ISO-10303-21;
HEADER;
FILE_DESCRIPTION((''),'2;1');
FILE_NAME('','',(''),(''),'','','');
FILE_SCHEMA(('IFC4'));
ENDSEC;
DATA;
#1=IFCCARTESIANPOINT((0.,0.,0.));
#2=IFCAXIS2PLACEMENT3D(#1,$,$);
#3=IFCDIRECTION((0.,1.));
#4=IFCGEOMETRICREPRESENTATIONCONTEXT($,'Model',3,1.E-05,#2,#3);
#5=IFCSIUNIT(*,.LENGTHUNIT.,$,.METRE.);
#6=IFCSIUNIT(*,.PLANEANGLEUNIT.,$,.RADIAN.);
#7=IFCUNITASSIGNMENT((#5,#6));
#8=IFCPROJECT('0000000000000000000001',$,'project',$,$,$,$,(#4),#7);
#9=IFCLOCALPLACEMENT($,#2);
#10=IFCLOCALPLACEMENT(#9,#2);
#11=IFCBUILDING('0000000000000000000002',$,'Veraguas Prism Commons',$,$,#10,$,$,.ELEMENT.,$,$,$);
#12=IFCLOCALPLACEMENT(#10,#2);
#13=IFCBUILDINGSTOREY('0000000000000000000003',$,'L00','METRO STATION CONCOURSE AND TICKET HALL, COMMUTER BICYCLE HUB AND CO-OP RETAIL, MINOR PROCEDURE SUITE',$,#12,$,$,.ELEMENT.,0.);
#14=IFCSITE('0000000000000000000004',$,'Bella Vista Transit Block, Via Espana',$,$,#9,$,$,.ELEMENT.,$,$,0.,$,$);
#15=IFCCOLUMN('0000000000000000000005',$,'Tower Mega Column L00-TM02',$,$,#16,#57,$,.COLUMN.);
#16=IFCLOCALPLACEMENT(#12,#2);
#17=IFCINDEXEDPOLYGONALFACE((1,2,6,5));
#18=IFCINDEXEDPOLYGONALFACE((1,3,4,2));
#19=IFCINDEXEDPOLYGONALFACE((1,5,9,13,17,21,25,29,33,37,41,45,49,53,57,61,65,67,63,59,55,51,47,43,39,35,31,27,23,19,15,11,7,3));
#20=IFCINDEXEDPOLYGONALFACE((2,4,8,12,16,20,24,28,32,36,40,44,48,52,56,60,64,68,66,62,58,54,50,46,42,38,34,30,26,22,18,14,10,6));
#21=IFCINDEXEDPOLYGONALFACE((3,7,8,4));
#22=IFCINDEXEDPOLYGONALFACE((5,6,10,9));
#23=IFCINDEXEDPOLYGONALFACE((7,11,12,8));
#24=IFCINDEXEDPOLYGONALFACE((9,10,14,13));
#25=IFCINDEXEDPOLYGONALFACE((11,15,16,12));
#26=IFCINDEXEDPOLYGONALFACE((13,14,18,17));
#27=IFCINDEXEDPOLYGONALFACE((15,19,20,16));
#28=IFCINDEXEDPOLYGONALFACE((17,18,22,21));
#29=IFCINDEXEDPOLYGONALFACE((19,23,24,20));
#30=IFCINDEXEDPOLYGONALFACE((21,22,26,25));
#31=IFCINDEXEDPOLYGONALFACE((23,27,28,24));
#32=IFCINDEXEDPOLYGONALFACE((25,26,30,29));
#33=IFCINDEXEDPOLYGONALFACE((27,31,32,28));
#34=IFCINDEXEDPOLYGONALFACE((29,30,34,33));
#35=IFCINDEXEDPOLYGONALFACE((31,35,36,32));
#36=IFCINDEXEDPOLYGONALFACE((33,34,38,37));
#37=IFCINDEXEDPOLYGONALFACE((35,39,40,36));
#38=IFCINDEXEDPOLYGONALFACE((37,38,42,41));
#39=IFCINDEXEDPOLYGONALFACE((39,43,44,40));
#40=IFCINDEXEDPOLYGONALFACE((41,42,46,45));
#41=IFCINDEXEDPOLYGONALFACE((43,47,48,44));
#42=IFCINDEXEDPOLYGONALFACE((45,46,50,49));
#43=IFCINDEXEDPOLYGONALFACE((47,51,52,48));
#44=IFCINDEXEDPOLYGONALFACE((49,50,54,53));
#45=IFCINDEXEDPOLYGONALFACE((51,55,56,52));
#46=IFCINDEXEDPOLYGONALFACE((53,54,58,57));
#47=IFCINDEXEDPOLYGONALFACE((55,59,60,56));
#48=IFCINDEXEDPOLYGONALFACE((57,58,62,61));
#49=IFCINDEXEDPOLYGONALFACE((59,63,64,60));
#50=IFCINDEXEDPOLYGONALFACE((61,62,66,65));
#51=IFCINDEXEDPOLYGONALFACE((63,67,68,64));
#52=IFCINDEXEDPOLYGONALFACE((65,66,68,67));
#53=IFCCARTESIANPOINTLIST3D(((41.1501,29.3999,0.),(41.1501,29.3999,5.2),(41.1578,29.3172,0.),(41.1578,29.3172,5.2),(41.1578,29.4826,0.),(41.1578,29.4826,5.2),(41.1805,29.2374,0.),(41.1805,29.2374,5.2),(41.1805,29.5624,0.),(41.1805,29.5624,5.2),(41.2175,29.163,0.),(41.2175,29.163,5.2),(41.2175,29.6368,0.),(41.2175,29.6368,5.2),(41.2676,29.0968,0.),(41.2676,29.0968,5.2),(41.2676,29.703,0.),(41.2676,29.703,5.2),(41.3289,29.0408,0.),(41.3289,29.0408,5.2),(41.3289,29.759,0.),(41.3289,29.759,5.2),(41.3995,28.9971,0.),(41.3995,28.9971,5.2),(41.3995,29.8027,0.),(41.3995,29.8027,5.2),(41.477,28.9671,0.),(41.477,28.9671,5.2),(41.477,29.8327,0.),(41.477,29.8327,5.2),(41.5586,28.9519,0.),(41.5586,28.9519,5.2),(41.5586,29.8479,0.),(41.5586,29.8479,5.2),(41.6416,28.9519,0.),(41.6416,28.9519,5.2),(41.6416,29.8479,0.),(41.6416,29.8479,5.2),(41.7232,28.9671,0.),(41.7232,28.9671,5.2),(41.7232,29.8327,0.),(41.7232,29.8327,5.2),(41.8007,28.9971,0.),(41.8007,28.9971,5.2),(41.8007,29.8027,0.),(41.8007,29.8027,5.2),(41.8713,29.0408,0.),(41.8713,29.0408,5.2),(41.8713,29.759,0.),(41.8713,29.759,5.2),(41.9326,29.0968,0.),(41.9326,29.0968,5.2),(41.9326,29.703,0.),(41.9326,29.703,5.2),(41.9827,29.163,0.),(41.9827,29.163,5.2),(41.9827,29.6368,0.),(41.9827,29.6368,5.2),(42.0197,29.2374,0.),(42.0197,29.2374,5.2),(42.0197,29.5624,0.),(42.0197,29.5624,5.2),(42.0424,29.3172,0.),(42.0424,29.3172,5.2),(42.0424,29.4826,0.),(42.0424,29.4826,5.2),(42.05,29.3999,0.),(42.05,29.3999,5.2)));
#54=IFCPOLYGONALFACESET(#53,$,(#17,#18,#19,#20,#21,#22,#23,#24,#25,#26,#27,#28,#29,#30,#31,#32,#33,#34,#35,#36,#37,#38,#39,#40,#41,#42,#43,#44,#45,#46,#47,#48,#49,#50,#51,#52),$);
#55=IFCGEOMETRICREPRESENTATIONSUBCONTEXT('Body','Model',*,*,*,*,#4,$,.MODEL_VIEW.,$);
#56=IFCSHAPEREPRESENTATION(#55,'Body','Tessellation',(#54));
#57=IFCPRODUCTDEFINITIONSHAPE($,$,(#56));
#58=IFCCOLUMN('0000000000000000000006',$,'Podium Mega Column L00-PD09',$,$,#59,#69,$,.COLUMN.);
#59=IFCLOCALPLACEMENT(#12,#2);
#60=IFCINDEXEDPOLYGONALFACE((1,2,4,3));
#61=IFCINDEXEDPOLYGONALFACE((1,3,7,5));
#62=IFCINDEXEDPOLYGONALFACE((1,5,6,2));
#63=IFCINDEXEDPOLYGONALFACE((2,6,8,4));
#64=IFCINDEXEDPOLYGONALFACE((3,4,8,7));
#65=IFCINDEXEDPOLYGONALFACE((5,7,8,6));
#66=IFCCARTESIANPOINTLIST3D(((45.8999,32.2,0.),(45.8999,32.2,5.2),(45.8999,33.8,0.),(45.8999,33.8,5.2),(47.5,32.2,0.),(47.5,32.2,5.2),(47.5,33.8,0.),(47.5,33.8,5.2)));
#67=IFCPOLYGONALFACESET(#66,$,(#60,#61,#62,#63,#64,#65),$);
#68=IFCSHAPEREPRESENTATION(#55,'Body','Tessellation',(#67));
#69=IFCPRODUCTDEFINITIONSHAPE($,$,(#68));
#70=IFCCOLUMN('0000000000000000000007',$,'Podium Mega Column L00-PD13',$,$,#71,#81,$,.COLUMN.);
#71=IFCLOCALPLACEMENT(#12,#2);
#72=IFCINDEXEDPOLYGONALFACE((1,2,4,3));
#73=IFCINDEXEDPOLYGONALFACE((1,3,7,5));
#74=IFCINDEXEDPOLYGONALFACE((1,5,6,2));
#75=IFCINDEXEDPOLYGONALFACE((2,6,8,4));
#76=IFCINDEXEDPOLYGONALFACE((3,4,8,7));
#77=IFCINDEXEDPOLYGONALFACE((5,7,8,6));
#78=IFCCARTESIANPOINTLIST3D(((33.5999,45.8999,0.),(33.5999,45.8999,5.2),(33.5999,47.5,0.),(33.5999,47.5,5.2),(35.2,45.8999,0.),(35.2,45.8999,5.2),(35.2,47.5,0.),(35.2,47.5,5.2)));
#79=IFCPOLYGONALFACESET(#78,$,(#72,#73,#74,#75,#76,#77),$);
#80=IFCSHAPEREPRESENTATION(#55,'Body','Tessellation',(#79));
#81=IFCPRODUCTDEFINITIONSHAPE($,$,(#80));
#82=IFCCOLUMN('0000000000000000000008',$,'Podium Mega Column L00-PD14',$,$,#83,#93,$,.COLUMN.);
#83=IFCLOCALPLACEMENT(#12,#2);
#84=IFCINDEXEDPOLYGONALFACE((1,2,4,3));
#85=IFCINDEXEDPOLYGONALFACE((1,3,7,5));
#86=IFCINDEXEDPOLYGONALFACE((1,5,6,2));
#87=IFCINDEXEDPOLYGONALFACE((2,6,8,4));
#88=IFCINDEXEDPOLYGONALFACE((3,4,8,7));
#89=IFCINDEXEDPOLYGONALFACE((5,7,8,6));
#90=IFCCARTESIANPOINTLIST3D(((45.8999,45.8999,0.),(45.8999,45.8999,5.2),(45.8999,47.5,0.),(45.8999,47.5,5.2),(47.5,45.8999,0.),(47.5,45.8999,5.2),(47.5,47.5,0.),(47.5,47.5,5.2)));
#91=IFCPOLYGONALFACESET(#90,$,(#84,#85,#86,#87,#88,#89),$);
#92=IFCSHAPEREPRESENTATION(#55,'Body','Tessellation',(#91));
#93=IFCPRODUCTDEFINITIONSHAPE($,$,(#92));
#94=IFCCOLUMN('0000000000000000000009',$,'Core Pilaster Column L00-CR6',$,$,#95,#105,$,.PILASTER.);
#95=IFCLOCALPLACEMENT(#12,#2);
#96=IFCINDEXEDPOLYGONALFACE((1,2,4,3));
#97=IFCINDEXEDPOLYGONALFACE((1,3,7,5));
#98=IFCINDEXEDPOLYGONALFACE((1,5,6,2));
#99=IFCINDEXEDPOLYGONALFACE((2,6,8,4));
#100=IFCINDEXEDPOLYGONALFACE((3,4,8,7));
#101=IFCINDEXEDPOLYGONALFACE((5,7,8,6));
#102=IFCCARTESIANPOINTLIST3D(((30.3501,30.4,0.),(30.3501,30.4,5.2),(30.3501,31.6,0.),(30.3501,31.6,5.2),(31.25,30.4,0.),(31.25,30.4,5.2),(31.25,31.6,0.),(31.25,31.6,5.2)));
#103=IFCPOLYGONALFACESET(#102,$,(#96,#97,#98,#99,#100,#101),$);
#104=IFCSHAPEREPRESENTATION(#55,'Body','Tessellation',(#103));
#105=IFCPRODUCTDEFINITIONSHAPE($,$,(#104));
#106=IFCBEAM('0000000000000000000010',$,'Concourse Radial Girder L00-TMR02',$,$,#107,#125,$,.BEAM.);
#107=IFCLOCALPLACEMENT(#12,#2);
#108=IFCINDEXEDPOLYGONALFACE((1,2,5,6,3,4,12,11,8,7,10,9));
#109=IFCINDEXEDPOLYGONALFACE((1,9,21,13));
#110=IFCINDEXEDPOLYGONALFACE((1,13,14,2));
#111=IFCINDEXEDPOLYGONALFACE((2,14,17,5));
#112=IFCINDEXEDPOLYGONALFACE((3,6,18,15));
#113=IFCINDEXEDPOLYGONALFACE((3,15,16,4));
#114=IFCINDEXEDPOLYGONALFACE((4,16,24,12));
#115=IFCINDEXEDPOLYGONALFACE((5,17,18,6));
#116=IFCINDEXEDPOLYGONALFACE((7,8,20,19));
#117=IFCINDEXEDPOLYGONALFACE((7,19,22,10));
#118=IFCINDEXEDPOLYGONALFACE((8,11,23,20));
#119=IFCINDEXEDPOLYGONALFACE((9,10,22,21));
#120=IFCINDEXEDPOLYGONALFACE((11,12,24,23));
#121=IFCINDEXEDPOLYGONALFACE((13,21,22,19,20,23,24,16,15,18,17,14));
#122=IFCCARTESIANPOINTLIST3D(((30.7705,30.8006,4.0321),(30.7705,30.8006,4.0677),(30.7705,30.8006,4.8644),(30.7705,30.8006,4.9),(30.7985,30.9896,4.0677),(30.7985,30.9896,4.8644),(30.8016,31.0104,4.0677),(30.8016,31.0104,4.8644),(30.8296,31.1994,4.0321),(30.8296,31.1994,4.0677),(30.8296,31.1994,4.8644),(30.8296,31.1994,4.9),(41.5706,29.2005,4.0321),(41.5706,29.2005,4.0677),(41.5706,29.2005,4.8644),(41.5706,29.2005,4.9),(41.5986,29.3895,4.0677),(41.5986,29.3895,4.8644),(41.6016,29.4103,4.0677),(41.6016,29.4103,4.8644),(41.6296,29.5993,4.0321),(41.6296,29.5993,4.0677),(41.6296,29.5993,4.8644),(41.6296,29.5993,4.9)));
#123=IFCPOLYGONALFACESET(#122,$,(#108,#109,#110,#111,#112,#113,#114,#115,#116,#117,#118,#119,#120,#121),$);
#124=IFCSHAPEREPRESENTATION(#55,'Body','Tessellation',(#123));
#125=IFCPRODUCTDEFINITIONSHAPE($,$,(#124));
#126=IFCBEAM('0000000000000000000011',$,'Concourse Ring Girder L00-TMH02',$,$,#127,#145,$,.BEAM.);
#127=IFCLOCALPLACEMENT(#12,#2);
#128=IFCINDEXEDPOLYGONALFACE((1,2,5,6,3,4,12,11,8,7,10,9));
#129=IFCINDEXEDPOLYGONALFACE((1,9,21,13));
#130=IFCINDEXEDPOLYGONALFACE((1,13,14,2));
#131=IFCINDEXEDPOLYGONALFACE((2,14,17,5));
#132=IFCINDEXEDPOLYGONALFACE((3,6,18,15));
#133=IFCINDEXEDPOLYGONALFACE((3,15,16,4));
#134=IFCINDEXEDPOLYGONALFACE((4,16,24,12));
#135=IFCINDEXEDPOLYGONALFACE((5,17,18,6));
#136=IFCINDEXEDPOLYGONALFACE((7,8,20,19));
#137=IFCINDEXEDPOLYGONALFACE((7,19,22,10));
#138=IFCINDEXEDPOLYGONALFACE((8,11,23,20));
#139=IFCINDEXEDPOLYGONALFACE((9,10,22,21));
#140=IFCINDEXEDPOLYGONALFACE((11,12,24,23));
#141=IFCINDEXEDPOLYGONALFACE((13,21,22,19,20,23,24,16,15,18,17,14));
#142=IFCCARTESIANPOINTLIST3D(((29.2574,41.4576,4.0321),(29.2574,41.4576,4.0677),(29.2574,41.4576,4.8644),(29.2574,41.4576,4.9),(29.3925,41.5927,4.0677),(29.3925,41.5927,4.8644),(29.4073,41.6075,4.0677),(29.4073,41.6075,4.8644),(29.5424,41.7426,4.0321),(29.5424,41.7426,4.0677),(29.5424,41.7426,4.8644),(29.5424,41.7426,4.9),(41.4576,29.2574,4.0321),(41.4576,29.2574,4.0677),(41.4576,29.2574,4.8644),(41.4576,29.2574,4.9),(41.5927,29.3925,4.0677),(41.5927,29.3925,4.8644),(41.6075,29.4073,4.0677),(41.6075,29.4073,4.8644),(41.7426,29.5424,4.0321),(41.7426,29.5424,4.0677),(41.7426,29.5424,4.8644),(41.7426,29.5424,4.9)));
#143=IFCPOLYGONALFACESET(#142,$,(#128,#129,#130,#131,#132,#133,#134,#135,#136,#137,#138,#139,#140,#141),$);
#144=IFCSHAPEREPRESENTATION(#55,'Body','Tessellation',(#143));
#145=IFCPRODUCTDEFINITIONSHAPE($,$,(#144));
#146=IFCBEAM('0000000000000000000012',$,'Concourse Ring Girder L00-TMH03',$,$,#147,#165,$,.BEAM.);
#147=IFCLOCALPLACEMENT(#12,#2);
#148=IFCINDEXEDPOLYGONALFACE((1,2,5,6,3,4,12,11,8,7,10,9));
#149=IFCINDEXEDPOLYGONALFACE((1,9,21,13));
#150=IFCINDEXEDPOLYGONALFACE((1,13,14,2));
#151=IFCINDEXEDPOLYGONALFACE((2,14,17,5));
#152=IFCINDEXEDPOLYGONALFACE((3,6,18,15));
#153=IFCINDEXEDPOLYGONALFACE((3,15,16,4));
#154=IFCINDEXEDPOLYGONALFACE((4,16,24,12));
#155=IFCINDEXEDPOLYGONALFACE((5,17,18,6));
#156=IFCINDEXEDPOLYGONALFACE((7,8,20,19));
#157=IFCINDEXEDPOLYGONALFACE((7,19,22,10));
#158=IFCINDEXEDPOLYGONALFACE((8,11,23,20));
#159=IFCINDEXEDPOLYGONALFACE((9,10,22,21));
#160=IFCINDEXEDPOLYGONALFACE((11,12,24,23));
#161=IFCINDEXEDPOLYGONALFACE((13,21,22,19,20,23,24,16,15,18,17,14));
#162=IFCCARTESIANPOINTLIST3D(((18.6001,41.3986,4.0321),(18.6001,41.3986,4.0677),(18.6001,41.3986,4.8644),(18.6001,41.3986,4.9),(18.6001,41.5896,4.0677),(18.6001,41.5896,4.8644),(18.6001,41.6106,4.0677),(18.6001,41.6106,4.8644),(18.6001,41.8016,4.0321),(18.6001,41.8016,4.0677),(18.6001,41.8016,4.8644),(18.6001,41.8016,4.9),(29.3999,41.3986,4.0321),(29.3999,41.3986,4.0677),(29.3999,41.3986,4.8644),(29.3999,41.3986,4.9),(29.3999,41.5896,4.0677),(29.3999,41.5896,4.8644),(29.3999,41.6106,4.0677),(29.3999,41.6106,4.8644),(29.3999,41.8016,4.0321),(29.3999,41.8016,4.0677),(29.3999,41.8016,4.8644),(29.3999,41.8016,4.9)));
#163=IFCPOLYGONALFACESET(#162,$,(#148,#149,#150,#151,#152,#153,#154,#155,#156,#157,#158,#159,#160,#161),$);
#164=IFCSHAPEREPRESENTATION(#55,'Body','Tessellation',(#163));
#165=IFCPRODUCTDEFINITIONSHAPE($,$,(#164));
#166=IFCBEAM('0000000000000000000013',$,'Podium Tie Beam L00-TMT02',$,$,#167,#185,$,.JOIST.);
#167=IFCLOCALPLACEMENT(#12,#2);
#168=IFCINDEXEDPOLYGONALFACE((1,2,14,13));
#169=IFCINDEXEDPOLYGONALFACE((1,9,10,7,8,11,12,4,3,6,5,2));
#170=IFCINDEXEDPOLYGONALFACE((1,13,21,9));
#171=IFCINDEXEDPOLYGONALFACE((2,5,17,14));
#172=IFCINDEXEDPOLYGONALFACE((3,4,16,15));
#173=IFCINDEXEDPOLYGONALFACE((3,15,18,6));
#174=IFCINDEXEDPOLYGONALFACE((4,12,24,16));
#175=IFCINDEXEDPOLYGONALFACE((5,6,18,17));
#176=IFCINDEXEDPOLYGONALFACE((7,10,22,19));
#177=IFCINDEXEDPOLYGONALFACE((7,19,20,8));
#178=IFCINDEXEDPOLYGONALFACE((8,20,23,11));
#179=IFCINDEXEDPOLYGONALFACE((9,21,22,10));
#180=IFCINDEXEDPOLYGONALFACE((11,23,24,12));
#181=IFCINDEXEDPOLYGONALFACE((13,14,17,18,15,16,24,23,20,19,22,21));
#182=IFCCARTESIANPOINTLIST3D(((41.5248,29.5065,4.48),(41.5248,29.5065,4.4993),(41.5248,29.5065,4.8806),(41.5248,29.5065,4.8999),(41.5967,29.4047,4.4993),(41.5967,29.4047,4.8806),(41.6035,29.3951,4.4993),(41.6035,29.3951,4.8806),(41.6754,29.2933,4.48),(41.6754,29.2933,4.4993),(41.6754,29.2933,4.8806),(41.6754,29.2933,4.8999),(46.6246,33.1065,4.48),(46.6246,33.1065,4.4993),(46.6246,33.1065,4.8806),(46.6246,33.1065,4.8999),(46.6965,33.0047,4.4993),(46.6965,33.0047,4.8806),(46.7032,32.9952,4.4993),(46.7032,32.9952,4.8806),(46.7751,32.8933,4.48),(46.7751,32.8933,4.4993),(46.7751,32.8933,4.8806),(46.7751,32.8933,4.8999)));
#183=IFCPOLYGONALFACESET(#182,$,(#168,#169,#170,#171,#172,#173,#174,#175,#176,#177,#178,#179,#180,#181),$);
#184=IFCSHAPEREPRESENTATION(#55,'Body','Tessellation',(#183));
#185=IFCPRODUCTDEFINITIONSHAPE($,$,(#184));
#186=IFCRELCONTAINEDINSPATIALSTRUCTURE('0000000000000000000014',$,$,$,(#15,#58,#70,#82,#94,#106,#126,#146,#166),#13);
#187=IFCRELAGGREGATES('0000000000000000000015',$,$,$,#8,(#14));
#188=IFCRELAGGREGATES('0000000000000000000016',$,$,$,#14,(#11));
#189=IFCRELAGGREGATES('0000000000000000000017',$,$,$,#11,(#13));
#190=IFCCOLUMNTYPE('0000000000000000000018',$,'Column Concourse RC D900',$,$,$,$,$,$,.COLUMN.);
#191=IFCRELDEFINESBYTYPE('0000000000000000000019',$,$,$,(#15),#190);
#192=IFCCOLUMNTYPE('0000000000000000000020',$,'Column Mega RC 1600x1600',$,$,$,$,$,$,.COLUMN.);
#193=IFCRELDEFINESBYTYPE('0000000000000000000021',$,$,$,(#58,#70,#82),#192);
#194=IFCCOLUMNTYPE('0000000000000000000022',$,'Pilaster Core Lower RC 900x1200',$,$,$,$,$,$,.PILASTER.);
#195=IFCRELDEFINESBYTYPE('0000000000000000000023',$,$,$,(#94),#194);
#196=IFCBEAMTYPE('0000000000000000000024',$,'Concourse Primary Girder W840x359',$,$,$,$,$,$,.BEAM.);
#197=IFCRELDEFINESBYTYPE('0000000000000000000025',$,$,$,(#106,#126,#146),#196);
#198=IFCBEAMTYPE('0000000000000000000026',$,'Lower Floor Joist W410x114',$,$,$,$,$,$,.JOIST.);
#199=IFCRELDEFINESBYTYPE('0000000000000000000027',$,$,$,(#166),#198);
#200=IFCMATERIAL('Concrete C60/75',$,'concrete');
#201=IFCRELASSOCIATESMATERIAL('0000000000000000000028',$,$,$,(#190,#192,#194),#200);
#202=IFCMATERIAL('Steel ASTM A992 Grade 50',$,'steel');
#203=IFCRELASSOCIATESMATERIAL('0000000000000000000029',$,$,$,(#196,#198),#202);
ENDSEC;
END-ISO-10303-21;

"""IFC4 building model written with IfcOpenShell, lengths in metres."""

from ifc_helpers import new_model, si_unit, direction, frame, origin, origin_2d, place, context, subcontext, project, spatial, rectangle, circle, i_section, extrude, material, material_profile, profile_set, type_object, element, save


model = new_model("IFC4")

# Units and contexts
model_context = context("Model", 3, precision=1e-05, world=origin(), true_north=direction((0.0, 1.0)))
body_context = subcontext(model_context, "Body", "Model", "MODEL_VIEW")
ifc_project = project(units=[si_unit("LENGTHUNIT", "METRE"), si_unit("PLANEANGLEUNIT", "RADIAN")], contexts=[model_context])

# Site, building, storey
site_placement = place(None, origin())
site = spatial("IfcSite", under=ifc_project, at=site_placement, Name="Bella Vista Transit Block, Via Espana", CompositionType="ELEMENT", RefElevation=0.0)
building_placement = place(site_placement, origin())
building = spatial("IfcBuilding", under=site, at=building_placement, Name="Veraguas Prism Commons", CompositionType="ELEMENT")
storey_placement = place(building_placement, origin())
storey = spatial("IfcBuildingStorey", under=building, at=storey_placement, Name="L00", Description="METRO STATION CONCOURSE AND TICKET HALL, COMMUTER BICYCLE HUB AND CO-OP RETAIL, MINOR PROCEDURE SUITE", CompositionType="ELEMENT", Elevation=0.0)

# Columns
ifc_material_1 = material(Name="Concrete C60/75", Category="concrete")
ifc_material_profile_1 = material_profile(ifc_material_1, circle(Radius=0.45, at=origin_2d()), Name="RC900DIA")
ifc_profile_set_1 = profile_set([ifc_material_profile_1], Name="Concrete C60/75")
column_type_1 = type_object("IfcColumnType", Name="Column Concourse RC D900", PredefinedType="COLUMN", material=ifc_profile_set_1)
column_1_placement = place(storey_placement, frame((41.6001, 29.3999, 0.0), z_axis=(0.0, 0.0, 1.0), x_axis=(1.0, 0.0, 0.0)))
element("IfcColumn", 1, at=column_1_placement, inside=storey, type_object=column_type_1, Name="Tower Mega Column L00-TM02", PredefinedType="COLUMN", context=body_context, shape_type="SweptSolid", body=[
    extrude(circle(Radius=0.45, at=origin_2d()), origin(), (0.0, 0.0, 1.0), 5.2),
])
ifc_material_profile_2 = material_profile(ifc_material_1, rectangle(XDim=1.6001, YDim=1.6001, at=origin_2d()), Name="RC1600X1600")
ifc_profile_set_2 = profile_set([ifc_material_profile_2], Name="Concrete C60/75")
column_type_2 = type_object("IfcColumnType", Name="Column Mega RC 1600x1600", PredefinedType="COLUMN", material=ifc_profile_set_2)
for number, where, z_axis, x_axis, name in (
    (2, (46.7, 33.0, 0.0), (0.0, 0.0, 1.0), (1.0, 0.0, 0.0), "Podium Mega Column L00-PD09"),
    (3, (34.3999, 46.7, 0.0), (0.0, 0.0, 1.0), (1.0, 0.0, 0.0), "Podium Mega Column L00-PD13"),
    (4, (46.7, 46.7, 0.0), (0.0, 0.0, 1.0), (1.0, 0.0, 0.0), "Podium Mega Column L00-PD14"),
):
    element("IfcColumn", number, at=place(storey_placement, frame(where, z_axis=z_axis, x_axis=x_axis)), inside=storey, type_object=column_type_2, Name=name, PredefinedType="COLUMN", context=body_context, shape_type="SweptSolid", body=[
        extrude(rectangle(XDim=1.6001, YDim=1.6001, at=origin_2d()), origin(), (0.0, 0.0, 1.0), 5.2),
    ])
ifc_material_profile_3 = material_profile(ifc_material_1, rectangle(XDim=0.8999, YDim=1.2, at=origin_2d()), Name="RC900X1200")
ifc_profile_set_3 = profile_set([ifc_material_profile_3], Name="Concrete C60/75")
column_type_3 = type_object("IfcColumnType", Name="Pilaster Core Lower RC 900x1200", PredefinedType="PILASTER", material=ifc_profile_set_3)
column_2_placement = place(storey_placement, frame((30.8, 31.0, 0.0), z_axis=(0.0, 0.0, 1.0), x_axis=(1.0, 0.0, 0.0)))
element("IfcColumn", 5, at=column_2_placement, inside=storey, type_object=column_type_3, Name="Core Pilaster Column L00-CR6", PredefinedType="PILASTER", context=body_context, shape_type="SweptSolid", body=[
    extrude(rectangle(XDim=0.8999, YDim=1.2, at=origin_2d()), origin(), (0.0, 0.0, 1.0), 5.2),
])

# Beams
ifc_material_2 = material(Name="Steel ASTM A992 Grade 50", Category="steel")
ifc_material_profile_4 = material_profile(ifc_material_2, i_section(OverallWidth=0.4031, OverallDepth=0.8679, WebThickness=0.021, FlangeThickness=0.0356, at=origin_2d()), Name="W840X359")
ifc_profile_set_4 = profile_set([ifc_material_profile_4], Name="Steel ASTM A992 Grade 50")
beam_type_1 = type_object("IfcBeamType", Name="Concourse Primary Girder W840x359", PredefinedType="BEAM", material=ifc_profile_set_4)
beam_1_placement = place(storey_placement, frame((41.6001, 29.3999, 4.4661), z_axis=(-0.989202, 0.146557, 0.0), x_axis=(-0.146557, -0.989202, 0.0)))
element("IfcBeam", 6, at=beam_1_placement, inside=storey, type_object=beam_type_1, Name="Concourse Radial Girder L00-TMR02", PredefinedType="BEAM", context=body_context, shape_type="SweptSolid", body=[
    extrude(i_section(OverallWidth=0.4031, OverallDepth=0.8679, WebThickness=0.021, FlangeThickness=0.0356, at=origin_2d()), origin(), (0.0, 0.0, 1.0), 10.918),
])
beam_2_placement = place(storey_placement, frame((41.6001, 29.3999, 4.4661), z_axis=(-0.707107, 0.707107, 0.0), x_axis=(-0.707107, -0.707107, 0.0)))
element("IfcBeam", 7, at=beam_2_placement, inside=storey, type_object=beam_type_1, Name="Concourse Ring Girder L00-TMH02", PredefinedType="BEAM", context=body_context, shape_type="SweptSolid", body=[
    extrude(i_section(OverallWidth=0.4031, OverallDepth=0.8679, WebThickness=0.021, FlangeThickness=0.0356, at=origin_2d()), origin(), (0.0, 0.0, 1.0), 17.2537),
])
beam_3_placement = place(storey_placement, frame((29.3999, 41.6001, 4.4661), z_axis=(-1.0, 0.0, 0.0), x_axis=(0.0, -1.0, 0.0)))
element("IfcBeam", 8, at=beam_3_placement, inside=storey, type_object=beam_type_1, Name="Concourse Ring Girder L00-TMH03", PredefinedType="BEAM", context=body_context, shape_type="SweptSolid", body=[
    extrude(i_section(OverallWidth=0.4031, OverallDepth=0.8679, WebThickness=0.021, FlangeThickness=0.0356, at=origin_2d()), origin(), (0.0, 0.0, 1.0), 10.7998),
])
ifc_material_profile_5 = material_profile(ifc_material_2, i_section(OverallWidth=0.261, OverallDepth=0.4199, WebThickness=0.0117, FlangeThickness=0.0193, at=origin_2d()), Name="W410X114")
ifc_profile_set_5 = profile_set([ifc_material_profile_5], Name="Steel ASTM A992 Grade 50")
beam_type_2 = type_object("IfcBeamType", Name="Lower Floor Joist W410x114", PredefinedType="JOIST", material=ifc_profile_set_5)
beam_4_placement = place(storey_placement, frame((41.6001, 29.3999, 4.6899), z_axis=(0.816953, 0.576705, 0.0), x_axis=(-0.576705, 0.816953, 0.0)))
element("IfcBeam", 9, at=beam_4_placement, inside=storey, type_object=beam_type_2, Name="Podium Tie Beam L00-TMT02", PredefinedType="JOIST", context=body_context, shape_type="SweptSolid", body=[
    extrude(i_section(OverallWidth=0.261, OverallDepth=0.4199, WebThickness=0.0117, FlangeThickness=0.0193, at=origin_2d()), origin(), (0.0, 0.0, 1.0), 6.2424),
])

save(model, "model.ifc")
